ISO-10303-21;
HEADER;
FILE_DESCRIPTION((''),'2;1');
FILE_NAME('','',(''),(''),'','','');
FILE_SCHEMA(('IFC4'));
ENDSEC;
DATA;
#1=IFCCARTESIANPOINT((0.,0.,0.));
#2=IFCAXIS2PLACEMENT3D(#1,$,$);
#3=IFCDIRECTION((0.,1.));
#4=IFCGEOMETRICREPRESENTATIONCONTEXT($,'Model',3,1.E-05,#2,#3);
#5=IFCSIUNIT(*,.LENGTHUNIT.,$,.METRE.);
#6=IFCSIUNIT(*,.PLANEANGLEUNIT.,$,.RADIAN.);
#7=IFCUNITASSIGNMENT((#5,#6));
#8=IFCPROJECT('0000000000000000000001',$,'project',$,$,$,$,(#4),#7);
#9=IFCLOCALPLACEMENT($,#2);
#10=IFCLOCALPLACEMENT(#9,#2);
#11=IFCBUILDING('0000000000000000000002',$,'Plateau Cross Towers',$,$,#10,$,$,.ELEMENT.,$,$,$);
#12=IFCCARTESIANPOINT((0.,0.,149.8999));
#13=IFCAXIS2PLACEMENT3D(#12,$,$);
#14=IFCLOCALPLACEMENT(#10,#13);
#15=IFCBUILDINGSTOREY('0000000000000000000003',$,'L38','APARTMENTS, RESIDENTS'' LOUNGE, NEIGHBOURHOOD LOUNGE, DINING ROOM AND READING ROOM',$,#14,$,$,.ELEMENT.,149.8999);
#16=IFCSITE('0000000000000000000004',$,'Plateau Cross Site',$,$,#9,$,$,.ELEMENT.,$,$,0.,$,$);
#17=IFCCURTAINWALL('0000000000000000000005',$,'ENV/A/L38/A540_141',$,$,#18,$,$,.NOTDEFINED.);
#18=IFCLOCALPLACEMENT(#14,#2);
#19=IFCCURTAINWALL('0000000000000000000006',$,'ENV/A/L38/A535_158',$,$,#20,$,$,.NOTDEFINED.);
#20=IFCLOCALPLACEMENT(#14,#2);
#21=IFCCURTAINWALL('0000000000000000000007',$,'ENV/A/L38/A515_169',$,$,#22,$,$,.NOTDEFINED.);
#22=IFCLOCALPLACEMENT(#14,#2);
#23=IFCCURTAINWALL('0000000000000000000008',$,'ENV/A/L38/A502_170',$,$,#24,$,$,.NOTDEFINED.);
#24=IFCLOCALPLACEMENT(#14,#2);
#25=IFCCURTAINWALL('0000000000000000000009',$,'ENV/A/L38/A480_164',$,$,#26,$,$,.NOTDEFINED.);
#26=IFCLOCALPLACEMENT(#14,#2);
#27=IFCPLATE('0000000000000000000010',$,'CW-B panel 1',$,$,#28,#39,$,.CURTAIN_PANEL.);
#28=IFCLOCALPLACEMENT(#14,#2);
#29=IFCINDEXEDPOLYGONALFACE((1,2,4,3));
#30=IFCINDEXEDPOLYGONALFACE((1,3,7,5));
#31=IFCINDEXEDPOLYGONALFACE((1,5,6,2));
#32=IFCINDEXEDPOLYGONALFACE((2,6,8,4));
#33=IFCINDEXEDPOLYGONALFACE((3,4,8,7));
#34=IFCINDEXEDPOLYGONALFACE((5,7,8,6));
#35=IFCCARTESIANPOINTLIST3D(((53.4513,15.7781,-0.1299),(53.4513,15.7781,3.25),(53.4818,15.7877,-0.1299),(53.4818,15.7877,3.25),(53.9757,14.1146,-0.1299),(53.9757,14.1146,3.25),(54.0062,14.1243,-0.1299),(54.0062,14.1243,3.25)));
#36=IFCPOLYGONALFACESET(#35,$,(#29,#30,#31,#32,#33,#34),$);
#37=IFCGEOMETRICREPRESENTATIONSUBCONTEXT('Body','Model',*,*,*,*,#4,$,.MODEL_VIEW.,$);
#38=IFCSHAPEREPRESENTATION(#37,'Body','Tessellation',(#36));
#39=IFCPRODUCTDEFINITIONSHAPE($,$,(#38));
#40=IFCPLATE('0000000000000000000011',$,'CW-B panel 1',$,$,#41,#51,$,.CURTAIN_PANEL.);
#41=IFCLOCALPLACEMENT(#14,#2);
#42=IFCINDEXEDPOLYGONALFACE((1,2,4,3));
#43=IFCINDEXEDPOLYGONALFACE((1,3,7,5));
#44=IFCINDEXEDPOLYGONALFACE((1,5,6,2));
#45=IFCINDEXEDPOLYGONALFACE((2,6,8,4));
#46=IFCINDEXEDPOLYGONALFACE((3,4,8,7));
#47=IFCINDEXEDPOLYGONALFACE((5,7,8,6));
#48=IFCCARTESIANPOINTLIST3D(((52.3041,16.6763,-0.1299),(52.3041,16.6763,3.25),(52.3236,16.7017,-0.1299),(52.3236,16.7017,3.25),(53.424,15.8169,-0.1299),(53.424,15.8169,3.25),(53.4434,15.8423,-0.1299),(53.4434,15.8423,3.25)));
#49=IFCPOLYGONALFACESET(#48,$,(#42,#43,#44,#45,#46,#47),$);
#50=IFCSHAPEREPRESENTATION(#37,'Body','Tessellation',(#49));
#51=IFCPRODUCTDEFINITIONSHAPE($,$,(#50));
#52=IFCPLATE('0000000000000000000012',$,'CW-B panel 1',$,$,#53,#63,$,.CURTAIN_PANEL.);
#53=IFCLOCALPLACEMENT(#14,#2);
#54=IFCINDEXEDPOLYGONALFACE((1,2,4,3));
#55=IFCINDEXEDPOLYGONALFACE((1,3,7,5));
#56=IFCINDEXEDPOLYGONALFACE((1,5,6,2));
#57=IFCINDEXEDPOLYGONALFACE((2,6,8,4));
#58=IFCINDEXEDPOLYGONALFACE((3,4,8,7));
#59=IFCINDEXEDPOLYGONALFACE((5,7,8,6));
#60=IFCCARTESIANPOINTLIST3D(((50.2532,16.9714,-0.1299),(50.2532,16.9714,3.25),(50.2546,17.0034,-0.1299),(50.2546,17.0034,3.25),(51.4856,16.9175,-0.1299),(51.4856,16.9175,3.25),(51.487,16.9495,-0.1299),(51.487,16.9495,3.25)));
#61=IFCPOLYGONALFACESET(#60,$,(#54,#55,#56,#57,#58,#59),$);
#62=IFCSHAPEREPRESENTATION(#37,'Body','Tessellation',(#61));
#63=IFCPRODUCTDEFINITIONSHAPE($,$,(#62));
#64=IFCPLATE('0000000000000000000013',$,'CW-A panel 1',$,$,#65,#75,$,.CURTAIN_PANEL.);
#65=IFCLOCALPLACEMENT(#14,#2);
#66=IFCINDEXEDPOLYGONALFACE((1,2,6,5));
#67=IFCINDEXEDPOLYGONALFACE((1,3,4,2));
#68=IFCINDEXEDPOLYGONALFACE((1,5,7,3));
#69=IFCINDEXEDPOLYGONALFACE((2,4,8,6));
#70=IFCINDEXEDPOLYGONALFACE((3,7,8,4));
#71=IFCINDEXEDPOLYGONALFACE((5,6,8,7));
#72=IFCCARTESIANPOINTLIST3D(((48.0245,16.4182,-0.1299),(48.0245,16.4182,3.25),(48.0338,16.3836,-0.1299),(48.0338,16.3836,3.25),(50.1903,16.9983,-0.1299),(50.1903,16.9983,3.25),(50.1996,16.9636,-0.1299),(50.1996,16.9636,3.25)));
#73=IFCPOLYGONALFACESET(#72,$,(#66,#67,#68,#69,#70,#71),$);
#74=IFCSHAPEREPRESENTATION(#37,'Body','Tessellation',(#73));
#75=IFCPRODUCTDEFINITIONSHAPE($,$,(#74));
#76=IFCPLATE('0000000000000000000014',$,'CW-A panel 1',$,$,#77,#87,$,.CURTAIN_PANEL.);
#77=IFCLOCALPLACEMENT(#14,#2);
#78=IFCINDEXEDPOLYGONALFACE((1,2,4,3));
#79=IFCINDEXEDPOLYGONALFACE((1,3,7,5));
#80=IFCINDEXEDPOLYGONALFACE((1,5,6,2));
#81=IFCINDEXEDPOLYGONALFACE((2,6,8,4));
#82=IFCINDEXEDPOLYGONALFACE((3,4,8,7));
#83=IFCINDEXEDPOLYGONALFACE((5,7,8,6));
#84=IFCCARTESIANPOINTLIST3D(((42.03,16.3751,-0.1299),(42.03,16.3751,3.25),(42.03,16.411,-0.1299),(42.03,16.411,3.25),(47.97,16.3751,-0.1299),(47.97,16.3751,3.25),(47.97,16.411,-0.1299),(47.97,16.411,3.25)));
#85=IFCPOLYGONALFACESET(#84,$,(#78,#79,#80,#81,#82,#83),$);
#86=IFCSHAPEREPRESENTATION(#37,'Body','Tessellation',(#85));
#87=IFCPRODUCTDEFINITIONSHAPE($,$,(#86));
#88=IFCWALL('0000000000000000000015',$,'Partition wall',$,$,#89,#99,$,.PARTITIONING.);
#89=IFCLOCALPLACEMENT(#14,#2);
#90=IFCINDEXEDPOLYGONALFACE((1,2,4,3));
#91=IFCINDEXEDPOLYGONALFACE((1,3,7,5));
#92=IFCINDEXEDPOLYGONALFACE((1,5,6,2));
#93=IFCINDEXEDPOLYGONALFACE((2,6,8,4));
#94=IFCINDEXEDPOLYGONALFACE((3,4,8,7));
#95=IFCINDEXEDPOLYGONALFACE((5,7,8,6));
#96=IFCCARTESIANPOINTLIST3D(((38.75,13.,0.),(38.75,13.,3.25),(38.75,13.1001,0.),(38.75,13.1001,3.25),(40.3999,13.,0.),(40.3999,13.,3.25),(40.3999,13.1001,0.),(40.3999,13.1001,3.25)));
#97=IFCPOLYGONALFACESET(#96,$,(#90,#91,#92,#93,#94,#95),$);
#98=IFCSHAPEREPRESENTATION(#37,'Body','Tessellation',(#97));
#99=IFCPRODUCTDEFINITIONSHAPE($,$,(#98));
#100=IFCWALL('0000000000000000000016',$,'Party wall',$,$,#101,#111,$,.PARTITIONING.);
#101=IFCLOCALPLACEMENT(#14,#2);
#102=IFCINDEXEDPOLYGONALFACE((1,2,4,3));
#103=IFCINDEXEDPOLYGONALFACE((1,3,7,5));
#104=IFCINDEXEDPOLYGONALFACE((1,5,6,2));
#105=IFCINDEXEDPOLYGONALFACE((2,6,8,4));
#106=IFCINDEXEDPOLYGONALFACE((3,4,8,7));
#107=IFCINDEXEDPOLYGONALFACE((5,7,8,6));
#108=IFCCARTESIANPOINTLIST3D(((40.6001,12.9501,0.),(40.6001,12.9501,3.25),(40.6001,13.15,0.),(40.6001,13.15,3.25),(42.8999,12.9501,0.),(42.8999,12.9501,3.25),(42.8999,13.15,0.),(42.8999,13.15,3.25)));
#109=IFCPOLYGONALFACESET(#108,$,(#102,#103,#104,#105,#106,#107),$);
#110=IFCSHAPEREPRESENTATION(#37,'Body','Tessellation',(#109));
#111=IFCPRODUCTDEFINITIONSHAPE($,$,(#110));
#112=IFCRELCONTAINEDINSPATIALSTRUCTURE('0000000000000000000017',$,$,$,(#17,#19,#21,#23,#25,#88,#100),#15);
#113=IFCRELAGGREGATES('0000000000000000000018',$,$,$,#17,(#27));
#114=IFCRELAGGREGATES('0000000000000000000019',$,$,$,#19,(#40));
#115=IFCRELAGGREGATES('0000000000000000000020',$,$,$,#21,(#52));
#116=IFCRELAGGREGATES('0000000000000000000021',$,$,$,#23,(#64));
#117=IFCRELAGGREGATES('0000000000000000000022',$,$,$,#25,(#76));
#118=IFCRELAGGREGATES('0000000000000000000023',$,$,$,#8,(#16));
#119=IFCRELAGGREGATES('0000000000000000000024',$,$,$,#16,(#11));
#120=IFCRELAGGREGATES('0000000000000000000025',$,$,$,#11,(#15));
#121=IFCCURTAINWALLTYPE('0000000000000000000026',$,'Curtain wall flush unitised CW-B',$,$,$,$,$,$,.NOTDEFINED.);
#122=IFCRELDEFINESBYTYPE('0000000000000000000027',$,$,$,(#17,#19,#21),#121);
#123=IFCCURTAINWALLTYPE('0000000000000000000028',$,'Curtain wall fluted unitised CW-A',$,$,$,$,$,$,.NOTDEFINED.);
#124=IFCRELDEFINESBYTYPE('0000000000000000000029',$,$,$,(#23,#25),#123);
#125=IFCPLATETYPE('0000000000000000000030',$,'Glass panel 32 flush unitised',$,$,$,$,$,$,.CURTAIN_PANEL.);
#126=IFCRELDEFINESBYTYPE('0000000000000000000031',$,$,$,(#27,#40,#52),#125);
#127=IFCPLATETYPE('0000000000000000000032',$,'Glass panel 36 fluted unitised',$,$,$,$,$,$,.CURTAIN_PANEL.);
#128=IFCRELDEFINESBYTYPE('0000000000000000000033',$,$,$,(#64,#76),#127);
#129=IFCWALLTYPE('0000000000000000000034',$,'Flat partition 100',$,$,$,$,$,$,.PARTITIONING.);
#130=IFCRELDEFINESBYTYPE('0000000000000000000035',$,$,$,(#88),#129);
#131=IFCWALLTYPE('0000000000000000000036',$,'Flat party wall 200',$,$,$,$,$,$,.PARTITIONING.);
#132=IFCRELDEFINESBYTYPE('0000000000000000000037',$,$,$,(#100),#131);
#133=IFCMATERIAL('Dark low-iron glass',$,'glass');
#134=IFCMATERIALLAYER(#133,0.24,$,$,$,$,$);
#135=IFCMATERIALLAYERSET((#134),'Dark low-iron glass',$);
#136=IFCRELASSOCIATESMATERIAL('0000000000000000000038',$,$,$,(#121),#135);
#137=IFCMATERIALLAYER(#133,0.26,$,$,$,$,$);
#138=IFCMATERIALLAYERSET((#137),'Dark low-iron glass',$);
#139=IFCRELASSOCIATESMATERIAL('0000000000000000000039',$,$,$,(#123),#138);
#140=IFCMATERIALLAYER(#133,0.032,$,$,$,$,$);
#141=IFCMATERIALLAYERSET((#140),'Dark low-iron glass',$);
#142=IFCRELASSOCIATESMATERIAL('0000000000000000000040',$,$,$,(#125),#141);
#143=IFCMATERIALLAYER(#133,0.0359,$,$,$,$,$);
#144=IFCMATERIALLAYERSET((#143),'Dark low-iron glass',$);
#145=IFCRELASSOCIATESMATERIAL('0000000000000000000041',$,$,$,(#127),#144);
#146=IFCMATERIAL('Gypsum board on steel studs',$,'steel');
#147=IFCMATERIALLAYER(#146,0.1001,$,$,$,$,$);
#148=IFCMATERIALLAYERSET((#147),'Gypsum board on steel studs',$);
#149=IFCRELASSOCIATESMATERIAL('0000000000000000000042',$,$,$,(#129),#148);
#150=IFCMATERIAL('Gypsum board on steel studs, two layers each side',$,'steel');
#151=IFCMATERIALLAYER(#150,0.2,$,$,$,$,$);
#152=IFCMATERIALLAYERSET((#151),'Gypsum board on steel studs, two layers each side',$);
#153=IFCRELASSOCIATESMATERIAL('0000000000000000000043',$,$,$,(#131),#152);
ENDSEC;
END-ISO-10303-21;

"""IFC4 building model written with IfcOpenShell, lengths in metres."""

from ifc_helpers import new_model, si_unit, direction, frame, frame_2d, origin, origin_2d, place, context, subcontext, project, spatial, rectangle, extrude, material, layer, layer_set, type_object, element, aggregate, save


model = new_model("IFC4")

# Units and contexts
model_context = context("Model", 3, precision=1e-05, world=origin(), true_north=direction((0.0, 1.0)))
body_context = subcontext(model_context, "Body", "Model", "MODEL_VIEW")
ifc_project = project(units=[si_unit("LENGTHUNIT", "METRE"), si_unit("PLANEANGLEUNIT", "RADIAN")], contexts=[model_context])

# Site, building, storey
site_placement = place(None, origin())
site = spatial("IfcSite", under=ifc_project, at=site_placement, Name="Plateau Cross Site", CompositionType="ELEMENT", RefElevation=0.0)
building_placement = place(site_placement, origin())
building = spatial("IfcBuilding", under=site, at=building_placement, Name="Plateau Cross Towers", CompositionType="ELEMENT")
storey_placement = place(building_placement, frame((0.0, 0.0, 149.8999)))
storey = spatial("IfcBuildingStorey", under=building, at=storey_placement, Name="L38", Description="APARTMENTS, RESIDENTS' LOUNGE, NEIGHBOURHOOD LOUNGE, DINING ROOM AND READING ROOM", CompositionType="ELEMENT", Elevation=149.8999)

# Curtain wall
ifc_material_1 = material(Name="Dark low-iron glass", Category="glass")
ifc_layer_1 = layer(ifc_material_1, 0.24)
ifc_layer_set_1 = layer_set([ifc_layer_1], Name="Dark low-iron glass")
curtain_wall_type_1 = type_object("IfcCurtainWallType", Name="Curtain wall flush unitised CW-B", PredefinedType="NOTDEFINED", material=ifc_layer_set_1)
curtain_wall_1_placement = place(storey_placement, origin())
curtain_wall_1 = element("IfcCurtainWall", 1, at=curtain_wall_1_placement, inside=storey, type_object=curtain_wall_type_1, Name="ENV/A/L38/A540_141", PredefinedType="NOTDEFINED")

# Curtain wall
curtain_wall_2_placement = place(storey_placement, origin())
curtain_wall_2 = element("IfcCurtainWall", 2, at=curtain_wall_2_placement, inside=storey, type_object=curtain_wall_type_1, Name="ENV/A/L38/A535_158", PredefinedType="NOTDEFINED")

# Curtain walls
curtain_wall_3_placement = place(storey_placement, origin())
curtain_wall_3 = element("IfcCurtainWall", 3, at=curtain_wall_3_placement, inside=storey, type_object=curtain_wall_type_1, Name="ENV/A/L38/A515_169", PredefinedType="NOTDEFINED")
ifc_layer_2 = layer(ifc_material_1, 0.26)
ifc_layer_set_2 = layer_set([ifc_layer_2], Name="Dark low-iron glass")
curtain_wall_type_2 = type_object("IfcCurtainWallType", Name="Curtain wall fluted unitised CW-A", PredefinedType="NOTDEFINED", material=ifc_layer_set_2)
curtain_wall_4_placement = place(storey_placement, origin())
curtain_wall_4 = element("IfcCurtainWall", 4, at=curtain_wall_4_placement, inside=storey, type_object=curtain_wall_type_2, Name="ENV/A/L38/A502_170", PredefinedType="NOTDEFINED")
curtain_wall_5_placement = place(storey_placement, origin())
curtain_wall_5 = element("IfcCurtainWall", 5, at=curtain_wall_5_placement, inside=storey, type_object=curtain_wall_type_2, Name="ENV/A/L38/A480_164", PredefinedType="NOTDEFINED")

# Plates
ifc_layer_3 = layer(ifc_material_1, 0.032)
ifc_layer_set_3 = layer_set([ifc_layer_3], Name="Dark low-iron glass")
plate_type_1 = type_object("IfcPlateType", Name="Glass panel 32 flush unitised", PredefinedType="CURTAIN_PANEL", material=ifc_layer_set_3)
plate_1_placement = place(storey_placement, frame((53.7288, 14.9512, -0.1299), z_axis=(0.0, 0.0, 1.0), x_axis=(-0.300686, 0.953723, 0.0)))
plate_1 = element("IfcPlate", 6, at=plate_1_placement, type_object=plate_type_1, Name="CW-B panel 1", PredefinedType="CURTAIN_PANEL", context=body_context, shape_type="SweptSolid", body=[
    extrude(rectangle(XDim=1.7441, YDim=0.032, at=origin_2d()), origin(), (0.0, 0.0, 1.0), 3.3799),
])
aggregate(curtain_wall_1, [plate_1])
plate_2_placement = place(storey_placement, frame((52.8738, 16.2593, -0.1299), z_axis=(0.0, 0.0, 1.0), x_axis=(-0.793316, 0.608811, 0.0)))
plate_2 = element("IfcPlate", 7, at=plate_2_placement, type_object=plate_type_1, Name="CW-B panel 1", PredefinedType="CURTAIN_PANEL", context=body_context, shape_type="SweptSolid", body=[
    extrude(rectangle(XDim=1.4116, YDim=0.032, at=origin_2d()), origin(), (0.0, 0.0, 1.0), 3.3799),
])
aggregate(curtain_wall_2, [plate_2])
plate_3_placement = place(storey_placement, frame((50.8701, 16.9604, -0.1299), z_axis=(0.0, 0.0, 1.0), x_axis=(-0.999044, 0.043723, 0.0)))
plate_3 = element("IfcPlate", 8, at=plate_3_placement, type_object=plate_type_1, Name="CW-B panel 1", PredefinedType="CURTAIN_PANEL", context=body_context, shape_type="SweptSolid", body=[
    extrude(rectangle(XDim=1.2336, YDim=0.032, at=origin_2d()), origin(), (0.0, 0.0, 1.0), 3.3799),
])
aggregate(curtain_wall_3, [plate_3])
ifc_layer_4 = layer(ifc_material_1, 0.0359)
ifc_layer_set_4 = layer_set([ifc_layer_4], Name="Dark low-iron glass")
plate_type_2 = type_object("IfcPlateType", Name="Glass panel 36 fluted unitised", PredefinedType="CURTAIN_PANEL", material=ifc_layer_set_4)
plate_4_placement = place(storey_placement, frame((49.1121, 16.6909, -0.1299), z_axis=(0.0, 0.0, 1.0), x_axis=(-0.965958, -0.258699, 0.0)))
plate_4 = element("IfcPlate", 9, at=plate_4_placement, type_object=plate_type_2, Name="CW-A panel 1", PredefinedType="CURTAIN_PANEL", context=body_context, shape_type="SweptSolid", body=[
    extrude(rectangle(XDim=2.2422, YDim=0.0359, at=origin_2d()), origin(), (0.0, 0.0, 1.0), 3.3799),
])
aggregate(curtain_wall_4, [plate_4])
plate_5_placement = place(storey_placement, frame((45.0, 16.3931, -0.1299), z_axis=(0.0, 0.0, 1.0), x_axis=(-1.0, 0.0, 0.0)))
plate_5 = element("IfcPlate", 10, at=plate_5_placement, type_object=plate_type_2, Name="CW-A panel 1", PredefinedType="CURTAIN_PANEL", context=body_context, shape_type="SweptSolid", body=[
    extrude(rectangle(XDim=5.9399, YDim=0.0359, at=origin_2d()), origin(), (0.0, 0.0, 1.0), 3.3799),
])
aggregate(curtain_wall_5, [plate_5])

# Walls
ifc_material_2 = material(Name="Gypsum board on steel studs", Category="steel")
ifc_layer_5 = layer(ifc_material_2, 0.1001)
ifc_layer_set_5 = layer_set([ifc_layer_5], Name="Gypsum board on steel studs")
wall_type_1 = type_object("IfcWallType", Name="Flat partition 100", PredefinedType="PARTITIONING", material=ifc_layer_set_5)
wall_1_placement = place(storey_placement, frame((40.3999, 13.05, 0.0), z_axis=(0.0, 0.0, 1.0), x_axis=(-1.0, 0.0, 0.0)))
element("IfcWall", 11, at=wall_1_placement, inside=storey, type_object=wall_type_1, Name="Partition wall", PredefinedType="PARTITIONING", context=body_context, shape_type="SweptSolid", body=[
    extrude(rectangle(XDim=1.6499, YDim=0.1001, at=frame_2d((0.825, 0.0))), origin(), (0.0, 0.0, 1.0), 3.25),
])
ifc_material_3 = material(Name="Gypsum board on steel studs, two layers each side", Category="steel")
ifc_layer_6 = layer(ifc_material_3, 0.2)
ifc_layer_set_6 = layer_set([ifc_layer_6], Name="Gypsum board on steel studs, two layers each side")
wall_type_2 = type_object("IfcWallType", Name="Flat party wall 200", PredefinedType="PARTITIONING", material=ifc_layer_set_6)
wall_2_placement = place(storey_placement, frame((42.8999, 13.05, 0.0), z_axis=(0.0, 0.0, 1.0), x_axis=(-1.0, 0.0, 0.0)))
element("IfcWall", 12, at=wall_2_placement, inside=storey, type_object=wall_type_2, Name="Party wall", PredefinedType="PARTITIONING", context=body_context, shape_type="SweptSolid", body=[
    extrude(rectangle(XDim=2.2998, YDim=0.2, at=frame_2d((1.1499, 0.0))), origin(), (0.0, 0.0, 1.0), 3.25),
])

save(model, "model.ifc")
